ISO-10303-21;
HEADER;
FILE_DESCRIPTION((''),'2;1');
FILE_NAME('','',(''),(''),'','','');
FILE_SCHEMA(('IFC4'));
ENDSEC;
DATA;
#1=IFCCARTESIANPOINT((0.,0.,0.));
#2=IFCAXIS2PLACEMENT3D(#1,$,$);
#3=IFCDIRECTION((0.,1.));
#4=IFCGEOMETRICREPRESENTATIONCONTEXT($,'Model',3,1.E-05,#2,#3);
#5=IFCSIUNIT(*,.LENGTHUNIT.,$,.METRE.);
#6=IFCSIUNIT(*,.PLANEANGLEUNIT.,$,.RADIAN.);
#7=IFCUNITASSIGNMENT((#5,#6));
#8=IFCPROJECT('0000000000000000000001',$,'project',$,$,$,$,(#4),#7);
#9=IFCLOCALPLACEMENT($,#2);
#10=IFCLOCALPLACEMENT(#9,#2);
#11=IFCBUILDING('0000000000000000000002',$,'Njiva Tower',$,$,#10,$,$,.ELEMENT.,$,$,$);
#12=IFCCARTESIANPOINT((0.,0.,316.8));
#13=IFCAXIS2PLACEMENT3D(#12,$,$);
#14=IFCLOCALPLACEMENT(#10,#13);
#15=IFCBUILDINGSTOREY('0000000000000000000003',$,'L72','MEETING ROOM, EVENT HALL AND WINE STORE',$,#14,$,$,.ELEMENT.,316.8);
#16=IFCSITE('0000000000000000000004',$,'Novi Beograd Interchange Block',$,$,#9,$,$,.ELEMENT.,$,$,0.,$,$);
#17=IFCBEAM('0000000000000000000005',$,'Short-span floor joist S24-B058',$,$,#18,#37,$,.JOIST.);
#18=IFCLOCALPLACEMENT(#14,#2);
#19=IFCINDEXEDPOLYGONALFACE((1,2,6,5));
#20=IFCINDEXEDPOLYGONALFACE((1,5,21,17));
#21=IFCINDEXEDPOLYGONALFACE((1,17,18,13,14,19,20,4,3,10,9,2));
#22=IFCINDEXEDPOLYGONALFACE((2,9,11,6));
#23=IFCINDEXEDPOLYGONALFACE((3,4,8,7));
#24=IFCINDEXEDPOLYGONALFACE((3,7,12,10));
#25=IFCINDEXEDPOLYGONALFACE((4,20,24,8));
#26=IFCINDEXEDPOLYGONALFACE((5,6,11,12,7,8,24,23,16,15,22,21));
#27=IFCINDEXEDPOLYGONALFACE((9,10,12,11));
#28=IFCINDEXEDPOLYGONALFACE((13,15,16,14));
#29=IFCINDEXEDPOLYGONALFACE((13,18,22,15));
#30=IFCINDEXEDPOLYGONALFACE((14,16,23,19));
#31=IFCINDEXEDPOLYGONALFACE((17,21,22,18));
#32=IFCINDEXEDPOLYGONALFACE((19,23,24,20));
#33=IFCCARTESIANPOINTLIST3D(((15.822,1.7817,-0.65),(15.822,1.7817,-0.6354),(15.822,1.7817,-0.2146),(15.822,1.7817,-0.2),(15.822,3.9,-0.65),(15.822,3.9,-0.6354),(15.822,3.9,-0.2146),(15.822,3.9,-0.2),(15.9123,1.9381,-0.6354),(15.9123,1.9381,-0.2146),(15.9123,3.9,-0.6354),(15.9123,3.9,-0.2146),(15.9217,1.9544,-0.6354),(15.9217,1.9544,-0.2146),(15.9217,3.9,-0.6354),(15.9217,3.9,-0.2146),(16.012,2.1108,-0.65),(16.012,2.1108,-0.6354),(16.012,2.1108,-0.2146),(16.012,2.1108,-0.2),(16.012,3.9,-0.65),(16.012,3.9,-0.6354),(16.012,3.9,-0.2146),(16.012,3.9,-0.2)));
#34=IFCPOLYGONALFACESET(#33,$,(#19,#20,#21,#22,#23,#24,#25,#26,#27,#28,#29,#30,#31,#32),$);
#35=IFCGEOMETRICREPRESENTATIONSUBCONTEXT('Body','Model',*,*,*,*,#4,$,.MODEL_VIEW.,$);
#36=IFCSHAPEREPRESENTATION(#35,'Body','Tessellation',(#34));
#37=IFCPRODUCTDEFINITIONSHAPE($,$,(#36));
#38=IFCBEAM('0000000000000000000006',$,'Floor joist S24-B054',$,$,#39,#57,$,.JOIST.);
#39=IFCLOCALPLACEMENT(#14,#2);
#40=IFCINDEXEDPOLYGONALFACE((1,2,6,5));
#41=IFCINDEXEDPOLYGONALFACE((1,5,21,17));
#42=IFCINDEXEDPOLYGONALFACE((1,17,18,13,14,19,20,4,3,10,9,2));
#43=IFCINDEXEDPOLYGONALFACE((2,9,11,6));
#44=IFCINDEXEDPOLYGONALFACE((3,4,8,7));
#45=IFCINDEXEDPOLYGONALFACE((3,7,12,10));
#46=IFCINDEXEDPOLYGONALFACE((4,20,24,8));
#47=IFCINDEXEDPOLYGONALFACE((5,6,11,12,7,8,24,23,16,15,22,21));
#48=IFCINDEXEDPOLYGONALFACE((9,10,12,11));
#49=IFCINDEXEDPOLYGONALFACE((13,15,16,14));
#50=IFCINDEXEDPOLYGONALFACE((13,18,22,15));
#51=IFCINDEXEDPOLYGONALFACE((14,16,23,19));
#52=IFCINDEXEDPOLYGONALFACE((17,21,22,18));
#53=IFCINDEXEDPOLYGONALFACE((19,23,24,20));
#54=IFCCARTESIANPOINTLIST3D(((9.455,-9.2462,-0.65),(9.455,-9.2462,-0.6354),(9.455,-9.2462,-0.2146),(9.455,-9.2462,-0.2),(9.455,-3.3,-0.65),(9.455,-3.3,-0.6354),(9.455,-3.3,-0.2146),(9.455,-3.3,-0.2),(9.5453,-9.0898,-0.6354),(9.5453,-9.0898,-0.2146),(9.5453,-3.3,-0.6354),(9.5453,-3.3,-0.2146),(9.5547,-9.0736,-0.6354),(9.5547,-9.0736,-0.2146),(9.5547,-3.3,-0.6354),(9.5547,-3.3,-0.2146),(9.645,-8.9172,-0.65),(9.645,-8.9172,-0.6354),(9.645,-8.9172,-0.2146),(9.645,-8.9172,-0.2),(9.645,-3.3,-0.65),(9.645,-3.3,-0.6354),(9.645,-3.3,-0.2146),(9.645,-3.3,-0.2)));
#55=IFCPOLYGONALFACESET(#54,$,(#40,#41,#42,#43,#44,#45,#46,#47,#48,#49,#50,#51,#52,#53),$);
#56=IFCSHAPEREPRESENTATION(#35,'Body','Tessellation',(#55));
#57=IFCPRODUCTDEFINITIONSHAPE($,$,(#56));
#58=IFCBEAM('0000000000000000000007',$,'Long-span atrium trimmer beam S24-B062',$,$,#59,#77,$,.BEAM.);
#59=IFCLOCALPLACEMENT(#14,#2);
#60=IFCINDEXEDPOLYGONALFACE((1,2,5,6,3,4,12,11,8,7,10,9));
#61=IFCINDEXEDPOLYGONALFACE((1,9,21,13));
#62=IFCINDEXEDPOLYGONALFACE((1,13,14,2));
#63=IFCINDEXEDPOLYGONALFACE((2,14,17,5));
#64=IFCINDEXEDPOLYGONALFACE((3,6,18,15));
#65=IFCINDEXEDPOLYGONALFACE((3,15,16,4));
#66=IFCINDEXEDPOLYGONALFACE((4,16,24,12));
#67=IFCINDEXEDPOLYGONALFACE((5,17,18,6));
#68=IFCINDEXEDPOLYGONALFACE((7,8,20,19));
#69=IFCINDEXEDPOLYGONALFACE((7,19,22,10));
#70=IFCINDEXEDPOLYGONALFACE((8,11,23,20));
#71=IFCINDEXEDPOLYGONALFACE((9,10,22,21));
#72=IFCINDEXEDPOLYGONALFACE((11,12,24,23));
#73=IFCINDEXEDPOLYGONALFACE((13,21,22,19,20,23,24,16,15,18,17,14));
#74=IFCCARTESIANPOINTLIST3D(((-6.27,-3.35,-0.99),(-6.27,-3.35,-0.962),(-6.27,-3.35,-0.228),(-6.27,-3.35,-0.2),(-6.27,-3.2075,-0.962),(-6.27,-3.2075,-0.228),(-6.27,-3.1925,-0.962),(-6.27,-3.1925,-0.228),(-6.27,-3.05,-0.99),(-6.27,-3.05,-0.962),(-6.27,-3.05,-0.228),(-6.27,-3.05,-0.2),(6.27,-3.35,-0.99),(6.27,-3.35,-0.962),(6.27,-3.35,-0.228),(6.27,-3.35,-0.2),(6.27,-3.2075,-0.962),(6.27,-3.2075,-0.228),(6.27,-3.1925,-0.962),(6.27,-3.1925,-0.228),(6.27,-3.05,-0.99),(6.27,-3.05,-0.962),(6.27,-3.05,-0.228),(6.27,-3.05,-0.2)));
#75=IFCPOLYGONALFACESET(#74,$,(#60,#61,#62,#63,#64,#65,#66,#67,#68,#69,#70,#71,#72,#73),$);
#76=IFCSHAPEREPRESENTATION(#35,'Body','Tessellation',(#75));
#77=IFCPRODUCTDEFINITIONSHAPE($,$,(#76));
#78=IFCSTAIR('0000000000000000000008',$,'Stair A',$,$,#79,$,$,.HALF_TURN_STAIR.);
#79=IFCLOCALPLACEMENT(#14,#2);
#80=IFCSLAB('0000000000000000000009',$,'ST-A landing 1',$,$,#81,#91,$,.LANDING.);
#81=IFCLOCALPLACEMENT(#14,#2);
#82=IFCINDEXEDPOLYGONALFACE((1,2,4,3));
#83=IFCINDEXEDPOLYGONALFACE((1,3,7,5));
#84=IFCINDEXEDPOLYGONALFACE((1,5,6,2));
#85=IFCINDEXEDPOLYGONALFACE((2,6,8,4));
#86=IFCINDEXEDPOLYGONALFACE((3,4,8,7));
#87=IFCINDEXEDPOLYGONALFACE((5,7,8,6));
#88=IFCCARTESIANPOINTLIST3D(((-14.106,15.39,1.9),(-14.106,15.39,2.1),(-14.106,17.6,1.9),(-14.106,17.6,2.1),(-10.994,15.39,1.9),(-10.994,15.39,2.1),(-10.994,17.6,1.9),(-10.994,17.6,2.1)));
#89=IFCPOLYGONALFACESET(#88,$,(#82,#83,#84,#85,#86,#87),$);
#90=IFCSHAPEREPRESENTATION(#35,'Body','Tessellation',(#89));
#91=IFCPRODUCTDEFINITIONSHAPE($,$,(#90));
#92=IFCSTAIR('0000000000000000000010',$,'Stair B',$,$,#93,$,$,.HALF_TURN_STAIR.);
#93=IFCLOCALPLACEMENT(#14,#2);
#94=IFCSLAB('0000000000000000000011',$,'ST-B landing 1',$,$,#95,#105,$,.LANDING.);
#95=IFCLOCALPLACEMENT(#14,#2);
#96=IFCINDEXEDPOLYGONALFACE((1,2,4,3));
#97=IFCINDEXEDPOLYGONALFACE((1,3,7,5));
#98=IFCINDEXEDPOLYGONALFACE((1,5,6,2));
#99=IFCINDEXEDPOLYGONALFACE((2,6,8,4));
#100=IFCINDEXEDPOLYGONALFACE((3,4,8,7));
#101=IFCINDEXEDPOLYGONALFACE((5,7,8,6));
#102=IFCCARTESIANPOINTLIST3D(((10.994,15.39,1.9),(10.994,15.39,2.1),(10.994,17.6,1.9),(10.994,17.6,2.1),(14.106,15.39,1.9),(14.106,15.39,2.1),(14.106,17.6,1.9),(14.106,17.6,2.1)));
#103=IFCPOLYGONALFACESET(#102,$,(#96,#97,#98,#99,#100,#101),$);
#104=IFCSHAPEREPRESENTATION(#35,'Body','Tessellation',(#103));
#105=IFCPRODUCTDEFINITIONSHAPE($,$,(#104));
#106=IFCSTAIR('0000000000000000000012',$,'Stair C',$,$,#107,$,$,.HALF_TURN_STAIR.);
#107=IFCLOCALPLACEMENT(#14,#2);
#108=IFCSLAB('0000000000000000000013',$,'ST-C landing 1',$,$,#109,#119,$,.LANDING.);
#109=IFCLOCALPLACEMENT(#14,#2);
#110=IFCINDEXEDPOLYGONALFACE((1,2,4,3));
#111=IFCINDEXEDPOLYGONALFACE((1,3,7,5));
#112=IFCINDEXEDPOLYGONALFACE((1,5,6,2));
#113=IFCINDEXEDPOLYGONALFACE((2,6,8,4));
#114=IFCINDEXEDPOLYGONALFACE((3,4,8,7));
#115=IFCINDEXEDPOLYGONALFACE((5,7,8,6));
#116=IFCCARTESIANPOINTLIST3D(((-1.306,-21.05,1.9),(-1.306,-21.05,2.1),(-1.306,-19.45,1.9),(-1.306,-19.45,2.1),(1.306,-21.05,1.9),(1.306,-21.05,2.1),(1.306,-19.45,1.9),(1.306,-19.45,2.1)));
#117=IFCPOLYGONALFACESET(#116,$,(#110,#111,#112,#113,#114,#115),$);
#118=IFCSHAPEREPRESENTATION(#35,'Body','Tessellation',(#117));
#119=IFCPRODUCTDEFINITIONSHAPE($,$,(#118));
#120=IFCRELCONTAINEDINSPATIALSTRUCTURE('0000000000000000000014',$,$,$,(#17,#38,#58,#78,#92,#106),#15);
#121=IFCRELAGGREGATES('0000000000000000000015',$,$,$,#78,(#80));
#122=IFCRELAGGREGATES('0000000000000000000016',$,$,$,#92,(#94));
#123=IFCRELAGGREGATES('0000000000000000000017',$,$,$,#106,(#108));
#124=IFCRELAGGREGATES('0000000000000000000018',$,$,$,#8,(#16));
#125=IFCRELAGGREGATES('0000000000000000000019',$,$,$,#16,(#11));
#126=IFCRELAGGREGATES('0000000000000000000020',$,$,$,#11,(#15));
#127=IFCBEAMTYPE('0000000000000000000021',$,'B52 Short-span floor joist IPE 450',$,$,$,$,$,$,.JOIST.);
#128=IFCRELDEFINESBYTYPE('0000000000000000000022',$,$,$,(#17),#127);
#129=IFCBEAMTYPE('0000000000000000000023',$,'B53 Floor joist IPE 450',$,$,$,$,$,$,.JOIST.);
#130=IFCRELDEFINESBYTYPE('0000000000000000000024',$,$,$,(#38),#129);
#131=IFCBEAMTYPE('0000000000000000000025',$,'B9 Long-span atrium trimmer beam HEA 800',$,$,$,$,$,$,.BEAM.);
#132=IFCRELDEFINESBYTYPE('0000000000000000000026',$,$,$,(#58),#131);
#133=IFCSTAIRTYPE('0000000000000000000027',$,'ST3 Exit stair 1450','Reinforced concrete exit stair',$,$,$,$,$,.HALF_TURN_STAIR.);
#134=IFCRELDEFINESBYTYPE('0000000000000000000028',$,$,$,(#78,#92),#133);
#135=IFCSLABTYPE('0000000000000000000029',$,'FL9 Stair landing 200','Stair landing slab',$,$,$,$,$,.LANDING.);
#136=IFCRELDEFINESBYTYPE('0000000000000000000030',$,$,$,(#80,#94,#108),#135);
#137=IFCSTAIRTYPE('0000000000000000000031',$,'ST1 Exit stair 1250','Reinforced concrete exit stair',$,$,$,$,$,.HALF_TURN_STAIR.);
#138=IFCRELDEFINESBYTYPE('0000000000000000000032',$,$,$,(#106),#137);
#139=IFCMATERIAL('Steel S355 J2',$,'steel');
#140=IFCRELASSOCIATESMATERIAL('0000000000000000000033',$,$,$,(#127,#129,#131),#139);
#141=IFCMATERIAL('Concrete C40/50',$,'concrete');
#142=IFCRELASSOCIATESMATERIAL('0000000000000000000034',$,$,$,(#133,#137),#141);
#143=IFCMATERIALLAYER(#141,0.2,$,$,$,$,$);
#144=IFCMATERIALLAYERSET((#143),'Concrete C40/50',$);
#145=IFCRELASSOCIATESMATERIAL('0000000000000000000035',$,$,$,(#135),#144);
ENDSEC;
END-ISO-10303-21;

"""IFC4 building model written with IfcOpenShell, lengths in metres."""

from ifc_helpers import new_model, si_unit, direction, frame, origin, origin_2d, place, context, subcontext, project, spatial, polyline, i_section, outline, extrude, clip, halfspace, material, layer, layer_set, material_profile, profile_set, type_object, element, aggregate, save


model = new_model("IFC4")

# Units and contexts
model_context = context("Model", 3, precision=1e-05, world=origin(), true_north=direction((0.0, 1.0)))
body_context = subcontext(model_context, "Body", "Model", "MODEL_VIEW")
ifc_project = project(units=[si_unit("LENGTHUNIT", "METRE"), si_unit("PLANEANGLEUNIT", "RADIAN")], contexts=[model_context])

# Site, building, storey
site_placement = place(None, origin())
site = spatial("IfcSite", under=ifc_project, at=site_placement, Name="Novi Beograd Interchange Block", CompositionType="ELEMENT", RefElevation=0.0)
building_placement = place(site_placement, origin())
building = spatial("IfcBuilding", under=site, at=building_placement, Name="Njiva Tower", CompositionType="ELEMENT")
storey_placement = place(building_placement, frame((0.0, 0.0, 316.8)))
storey = spatial("IfcBuildingStorey", under=building, at=storey_placement, Name="L72", Description="MEETING ROOM, EVENT HALL AND WINE STORE", CompositionType="ELEMENT", Elevation=316.8)

# Shared definitions
ifc_material_1 = material(Name="Steel S355 J2", Category="steel")

# Beams
ifc_material_profile_1 = material_profile(ifc_material_1, i_section(OverallWidth=0.19, OverallDepth=0.45, WebThickness=0.0094, FlangeThickness=0.0146, at=origin_2d()), Name="IPE 450")
ifc_profile_set_1 = profile_set([ifc_material_profile_1], Name="Steel S355 J2")
beam_type_1 = type_object("IfcBeamType", Name="B52 Short-span floor joist IPE 450", PredefinedType="JOIST", material=ifc_profile_set_1)
beam_1_placement = place(storey_placement, frame((15.917, 3.9, -0.425), z_axis=(0.0, -1.0, 0.0), x_axis=(1.0, 0.0, 0.0)))
element("IfcBeam", 1, at=beam_1_placement, inside=storey, type_object=beam_type_1, Name="Short-span floor joist S24-B058", PredefinedType="JOIST", context=body_context, shape_type="Clipping", body=[
    clip(extrude(i_section(OverallWidth=0.19, OverallDepth=0.45, WebThickness=0.0094, FlangeThickness=0.0146, at=origin_2d()), origin(), (0.0, 0.0, 1.0), 2.139), halfspace(frame((0.043, 0.0, 1.8793), z_axis=(0.866027, 0.0, 0.499998), x_axis=(0.0, 1.0, 0.0)), False)),
])
ifc_material_profile_2 = material_profile(ifc_material_1, i_section(OverallWidth=0.19, OverallDepth=0.45, WebThickness=0.0094, FlangeThickness=0.0146, at=origin_2d()), Name="IPE 450")
ifc_profile_set_2 = profile_set([ifc_material_profile_2], Name="Steel S355 J2")
beam_type_2 = type_object("IfcBeamType", Name="B53 Floor joist IPE 450", PredefinedType="JOIST", material=ifc_profile_set_2)
beam_2_placement = place(storey_placement, frame((9.55, -3.3, -0.425), z_axis=(0.0, -1.0, 0.0), x_axis=(1.0, 0.0, 0.0)))
element("IfcBeam", 2, at=beam_2_placement, inside=storey, type_object=beam_type_2, Name="Floor joist S24-B054", PredefinedType="JOIST", context=body_context, shape_type="Clipping", body=[
    clip(extrude(i_section(OverallWidth=0.19, OverallDepth=0.45, WebThickness=0.0094, FlangeThickness=0.0146, at=origin_2d()), origin(), (0.0, 0.0, 1.0), 5.967), halfspace(frame((0.0433, 0.0, 5.7067), z_axis=(0.866027, 0.0, 0.499998), x_axis=(0.0, 1.0, 0.0)), False)),
])
ifc_material_profile_3 = material_profile(ifc_material_1, i_section(OverallWidth=0.3, OverallDepth=0.79, WebThickness=0.015, FlangeThickness=0.028, at=origin_2d()), Name="HEA 800")
ifc_profile_set_3 = profile_set([ifc_material_profile_3], Name="Steel S355 J2")
beam_type_3 = type_object("IfcBeamType", Name="B9 Long-span atrium trimmer beam HEA 800", PredefinedType="BEAM", material=ifc_profile_set_3)
beam_3_placement = place(storey_placement, frame((6.27, -3.2, -0.595), z_axis=(-1.0, 0.0, 0.0), x_axis=(0.0, -1.0, 0.0)))
element("IfcBeam", 3, at=beam_3_placement, inside=storey, type_object=beam_type_3, Name="Long-span atrium trimmer beam S24-B062", PredefinedType="BEAM", context=body_context, shape_type="SweptSolid", body=[
    extrude(i_section(OverallWidth=0.3, OverallDepth=0.79, WebThickness=0.015, FlangeThickness=0.028, at=origin_2d()), origin(), (0.0, 0.0, 1.0), 12.54),
])

# Stairs, slabs
ifc_material_2 = material(Name="Concrete C40/50", Category="concrete")
stair_type_1 = type_object("IfcStairType", Name="ST3 Exit stair 1450", Description="Reinforced concrete exit stair", PredefinedType="HALF_TURN_STAIR", material=ifc_material_2)
stair_1_placement = place(storey_placement, origin())
stair_1 = element("IfcStair", 4, at=stair_1_placement, inside=storey, type_object=stair_type_1, Name="Stair A", PredefinedType="HALF_TURN_STAIR")
ifc_layer_1 = layer(ifc_material_2, 0.2)
ifc_layer_set_1 = layer_set([ifc_layer_1], Name="Concrete C40/50")
slab_type_1 = type_object("IfcSlabType", Name="FL9 Stair landing 200", Description="Stair landing slab", PredefinedType="LANDING", material=ifc_layer_set_1)
slab_1_placement = place(storey_placement, frame((0.0, 0.0, 1.9)))
slab_1 = element("IfcSlab", 5, at=slab_1_placement, type_object=slab_type_1, Name="ST-A landing 1", PredefinedType="LANDING", context=body_context, shape_type="SweptSolid", body=[
    extrude(outline(polyline([(-14.106, 15.39), (-10.994, 15.39), (-10.994, 17.6), (-14.106, 17.6), (-14.106, 15.39)])), origin(), (0.0, 0.0, 1.0), 0.2),
])
aggregate(stair_1, [slab_1])
stair_2_placement = place(storey_placement, origin())
stair_2 = element("IfcStair", 6, at=stair_2_placement, inside=storey, type_object=stair_type_1, Name="Stair B", PredefinedType="HALF_TURN_STAIR")
slab_2_placement = place(storey_placement, frame((0.0, 0.0, 1.9)))
slab_2 = element("IfcSlab", 7, at=slab_2_placement, type_object=slab_type_1, Name="ST-B landing 1", PredefinedType="LANDING", context=body_context, shape_type="SweptSolid", body=[
    extrude(outline(polyline([(10.994, 15.39), (14.106, 15.39), (14.106, 17.6), (10.994, 17.6), (10.994, 15.39)])), origin(), (0.0, 0.0, 1.0), 0.2),
])
aggregate(stair_2, [slab_2])
stair_type_2 = type_object("IfcStairType", Name="ST1 Exit stair 1250", Description="Reinforced concrete exit stair", PredefinedType="HALF_TURN_STAIR", material=ifc_material_2)
stair_3_placement = place(storey_placement, origin())
stair_3 = element("IfcStair", 8, at=stair_3_placement, inside=storey, type_object=stair_type_2, Name="Stair C", PredefinedType="HALF_TURN_STAIR")
slab_3_placement = place(storey_placement, frame((0.0, 0.0, 1.9)))
slab_3 = element("IfcSlab", 9, at=slab_3_placement, type_object=slab_type_1, Name="ST-C landing 1", PredefinedType="LANDING", context=body_context, shape_type="SweptSolid", body=[
    extrude(outline(polyline([(-1.306, -21.05), (1.306, -21.05), (1.306, -19.45), (-1.306, -19.45), (-1.306, -21.05)])), origin(), (0.0, 0.0, 1.0), 0.2),
])
aggregate(stair_3, [slab_3])

save(model, "model.ifc")
